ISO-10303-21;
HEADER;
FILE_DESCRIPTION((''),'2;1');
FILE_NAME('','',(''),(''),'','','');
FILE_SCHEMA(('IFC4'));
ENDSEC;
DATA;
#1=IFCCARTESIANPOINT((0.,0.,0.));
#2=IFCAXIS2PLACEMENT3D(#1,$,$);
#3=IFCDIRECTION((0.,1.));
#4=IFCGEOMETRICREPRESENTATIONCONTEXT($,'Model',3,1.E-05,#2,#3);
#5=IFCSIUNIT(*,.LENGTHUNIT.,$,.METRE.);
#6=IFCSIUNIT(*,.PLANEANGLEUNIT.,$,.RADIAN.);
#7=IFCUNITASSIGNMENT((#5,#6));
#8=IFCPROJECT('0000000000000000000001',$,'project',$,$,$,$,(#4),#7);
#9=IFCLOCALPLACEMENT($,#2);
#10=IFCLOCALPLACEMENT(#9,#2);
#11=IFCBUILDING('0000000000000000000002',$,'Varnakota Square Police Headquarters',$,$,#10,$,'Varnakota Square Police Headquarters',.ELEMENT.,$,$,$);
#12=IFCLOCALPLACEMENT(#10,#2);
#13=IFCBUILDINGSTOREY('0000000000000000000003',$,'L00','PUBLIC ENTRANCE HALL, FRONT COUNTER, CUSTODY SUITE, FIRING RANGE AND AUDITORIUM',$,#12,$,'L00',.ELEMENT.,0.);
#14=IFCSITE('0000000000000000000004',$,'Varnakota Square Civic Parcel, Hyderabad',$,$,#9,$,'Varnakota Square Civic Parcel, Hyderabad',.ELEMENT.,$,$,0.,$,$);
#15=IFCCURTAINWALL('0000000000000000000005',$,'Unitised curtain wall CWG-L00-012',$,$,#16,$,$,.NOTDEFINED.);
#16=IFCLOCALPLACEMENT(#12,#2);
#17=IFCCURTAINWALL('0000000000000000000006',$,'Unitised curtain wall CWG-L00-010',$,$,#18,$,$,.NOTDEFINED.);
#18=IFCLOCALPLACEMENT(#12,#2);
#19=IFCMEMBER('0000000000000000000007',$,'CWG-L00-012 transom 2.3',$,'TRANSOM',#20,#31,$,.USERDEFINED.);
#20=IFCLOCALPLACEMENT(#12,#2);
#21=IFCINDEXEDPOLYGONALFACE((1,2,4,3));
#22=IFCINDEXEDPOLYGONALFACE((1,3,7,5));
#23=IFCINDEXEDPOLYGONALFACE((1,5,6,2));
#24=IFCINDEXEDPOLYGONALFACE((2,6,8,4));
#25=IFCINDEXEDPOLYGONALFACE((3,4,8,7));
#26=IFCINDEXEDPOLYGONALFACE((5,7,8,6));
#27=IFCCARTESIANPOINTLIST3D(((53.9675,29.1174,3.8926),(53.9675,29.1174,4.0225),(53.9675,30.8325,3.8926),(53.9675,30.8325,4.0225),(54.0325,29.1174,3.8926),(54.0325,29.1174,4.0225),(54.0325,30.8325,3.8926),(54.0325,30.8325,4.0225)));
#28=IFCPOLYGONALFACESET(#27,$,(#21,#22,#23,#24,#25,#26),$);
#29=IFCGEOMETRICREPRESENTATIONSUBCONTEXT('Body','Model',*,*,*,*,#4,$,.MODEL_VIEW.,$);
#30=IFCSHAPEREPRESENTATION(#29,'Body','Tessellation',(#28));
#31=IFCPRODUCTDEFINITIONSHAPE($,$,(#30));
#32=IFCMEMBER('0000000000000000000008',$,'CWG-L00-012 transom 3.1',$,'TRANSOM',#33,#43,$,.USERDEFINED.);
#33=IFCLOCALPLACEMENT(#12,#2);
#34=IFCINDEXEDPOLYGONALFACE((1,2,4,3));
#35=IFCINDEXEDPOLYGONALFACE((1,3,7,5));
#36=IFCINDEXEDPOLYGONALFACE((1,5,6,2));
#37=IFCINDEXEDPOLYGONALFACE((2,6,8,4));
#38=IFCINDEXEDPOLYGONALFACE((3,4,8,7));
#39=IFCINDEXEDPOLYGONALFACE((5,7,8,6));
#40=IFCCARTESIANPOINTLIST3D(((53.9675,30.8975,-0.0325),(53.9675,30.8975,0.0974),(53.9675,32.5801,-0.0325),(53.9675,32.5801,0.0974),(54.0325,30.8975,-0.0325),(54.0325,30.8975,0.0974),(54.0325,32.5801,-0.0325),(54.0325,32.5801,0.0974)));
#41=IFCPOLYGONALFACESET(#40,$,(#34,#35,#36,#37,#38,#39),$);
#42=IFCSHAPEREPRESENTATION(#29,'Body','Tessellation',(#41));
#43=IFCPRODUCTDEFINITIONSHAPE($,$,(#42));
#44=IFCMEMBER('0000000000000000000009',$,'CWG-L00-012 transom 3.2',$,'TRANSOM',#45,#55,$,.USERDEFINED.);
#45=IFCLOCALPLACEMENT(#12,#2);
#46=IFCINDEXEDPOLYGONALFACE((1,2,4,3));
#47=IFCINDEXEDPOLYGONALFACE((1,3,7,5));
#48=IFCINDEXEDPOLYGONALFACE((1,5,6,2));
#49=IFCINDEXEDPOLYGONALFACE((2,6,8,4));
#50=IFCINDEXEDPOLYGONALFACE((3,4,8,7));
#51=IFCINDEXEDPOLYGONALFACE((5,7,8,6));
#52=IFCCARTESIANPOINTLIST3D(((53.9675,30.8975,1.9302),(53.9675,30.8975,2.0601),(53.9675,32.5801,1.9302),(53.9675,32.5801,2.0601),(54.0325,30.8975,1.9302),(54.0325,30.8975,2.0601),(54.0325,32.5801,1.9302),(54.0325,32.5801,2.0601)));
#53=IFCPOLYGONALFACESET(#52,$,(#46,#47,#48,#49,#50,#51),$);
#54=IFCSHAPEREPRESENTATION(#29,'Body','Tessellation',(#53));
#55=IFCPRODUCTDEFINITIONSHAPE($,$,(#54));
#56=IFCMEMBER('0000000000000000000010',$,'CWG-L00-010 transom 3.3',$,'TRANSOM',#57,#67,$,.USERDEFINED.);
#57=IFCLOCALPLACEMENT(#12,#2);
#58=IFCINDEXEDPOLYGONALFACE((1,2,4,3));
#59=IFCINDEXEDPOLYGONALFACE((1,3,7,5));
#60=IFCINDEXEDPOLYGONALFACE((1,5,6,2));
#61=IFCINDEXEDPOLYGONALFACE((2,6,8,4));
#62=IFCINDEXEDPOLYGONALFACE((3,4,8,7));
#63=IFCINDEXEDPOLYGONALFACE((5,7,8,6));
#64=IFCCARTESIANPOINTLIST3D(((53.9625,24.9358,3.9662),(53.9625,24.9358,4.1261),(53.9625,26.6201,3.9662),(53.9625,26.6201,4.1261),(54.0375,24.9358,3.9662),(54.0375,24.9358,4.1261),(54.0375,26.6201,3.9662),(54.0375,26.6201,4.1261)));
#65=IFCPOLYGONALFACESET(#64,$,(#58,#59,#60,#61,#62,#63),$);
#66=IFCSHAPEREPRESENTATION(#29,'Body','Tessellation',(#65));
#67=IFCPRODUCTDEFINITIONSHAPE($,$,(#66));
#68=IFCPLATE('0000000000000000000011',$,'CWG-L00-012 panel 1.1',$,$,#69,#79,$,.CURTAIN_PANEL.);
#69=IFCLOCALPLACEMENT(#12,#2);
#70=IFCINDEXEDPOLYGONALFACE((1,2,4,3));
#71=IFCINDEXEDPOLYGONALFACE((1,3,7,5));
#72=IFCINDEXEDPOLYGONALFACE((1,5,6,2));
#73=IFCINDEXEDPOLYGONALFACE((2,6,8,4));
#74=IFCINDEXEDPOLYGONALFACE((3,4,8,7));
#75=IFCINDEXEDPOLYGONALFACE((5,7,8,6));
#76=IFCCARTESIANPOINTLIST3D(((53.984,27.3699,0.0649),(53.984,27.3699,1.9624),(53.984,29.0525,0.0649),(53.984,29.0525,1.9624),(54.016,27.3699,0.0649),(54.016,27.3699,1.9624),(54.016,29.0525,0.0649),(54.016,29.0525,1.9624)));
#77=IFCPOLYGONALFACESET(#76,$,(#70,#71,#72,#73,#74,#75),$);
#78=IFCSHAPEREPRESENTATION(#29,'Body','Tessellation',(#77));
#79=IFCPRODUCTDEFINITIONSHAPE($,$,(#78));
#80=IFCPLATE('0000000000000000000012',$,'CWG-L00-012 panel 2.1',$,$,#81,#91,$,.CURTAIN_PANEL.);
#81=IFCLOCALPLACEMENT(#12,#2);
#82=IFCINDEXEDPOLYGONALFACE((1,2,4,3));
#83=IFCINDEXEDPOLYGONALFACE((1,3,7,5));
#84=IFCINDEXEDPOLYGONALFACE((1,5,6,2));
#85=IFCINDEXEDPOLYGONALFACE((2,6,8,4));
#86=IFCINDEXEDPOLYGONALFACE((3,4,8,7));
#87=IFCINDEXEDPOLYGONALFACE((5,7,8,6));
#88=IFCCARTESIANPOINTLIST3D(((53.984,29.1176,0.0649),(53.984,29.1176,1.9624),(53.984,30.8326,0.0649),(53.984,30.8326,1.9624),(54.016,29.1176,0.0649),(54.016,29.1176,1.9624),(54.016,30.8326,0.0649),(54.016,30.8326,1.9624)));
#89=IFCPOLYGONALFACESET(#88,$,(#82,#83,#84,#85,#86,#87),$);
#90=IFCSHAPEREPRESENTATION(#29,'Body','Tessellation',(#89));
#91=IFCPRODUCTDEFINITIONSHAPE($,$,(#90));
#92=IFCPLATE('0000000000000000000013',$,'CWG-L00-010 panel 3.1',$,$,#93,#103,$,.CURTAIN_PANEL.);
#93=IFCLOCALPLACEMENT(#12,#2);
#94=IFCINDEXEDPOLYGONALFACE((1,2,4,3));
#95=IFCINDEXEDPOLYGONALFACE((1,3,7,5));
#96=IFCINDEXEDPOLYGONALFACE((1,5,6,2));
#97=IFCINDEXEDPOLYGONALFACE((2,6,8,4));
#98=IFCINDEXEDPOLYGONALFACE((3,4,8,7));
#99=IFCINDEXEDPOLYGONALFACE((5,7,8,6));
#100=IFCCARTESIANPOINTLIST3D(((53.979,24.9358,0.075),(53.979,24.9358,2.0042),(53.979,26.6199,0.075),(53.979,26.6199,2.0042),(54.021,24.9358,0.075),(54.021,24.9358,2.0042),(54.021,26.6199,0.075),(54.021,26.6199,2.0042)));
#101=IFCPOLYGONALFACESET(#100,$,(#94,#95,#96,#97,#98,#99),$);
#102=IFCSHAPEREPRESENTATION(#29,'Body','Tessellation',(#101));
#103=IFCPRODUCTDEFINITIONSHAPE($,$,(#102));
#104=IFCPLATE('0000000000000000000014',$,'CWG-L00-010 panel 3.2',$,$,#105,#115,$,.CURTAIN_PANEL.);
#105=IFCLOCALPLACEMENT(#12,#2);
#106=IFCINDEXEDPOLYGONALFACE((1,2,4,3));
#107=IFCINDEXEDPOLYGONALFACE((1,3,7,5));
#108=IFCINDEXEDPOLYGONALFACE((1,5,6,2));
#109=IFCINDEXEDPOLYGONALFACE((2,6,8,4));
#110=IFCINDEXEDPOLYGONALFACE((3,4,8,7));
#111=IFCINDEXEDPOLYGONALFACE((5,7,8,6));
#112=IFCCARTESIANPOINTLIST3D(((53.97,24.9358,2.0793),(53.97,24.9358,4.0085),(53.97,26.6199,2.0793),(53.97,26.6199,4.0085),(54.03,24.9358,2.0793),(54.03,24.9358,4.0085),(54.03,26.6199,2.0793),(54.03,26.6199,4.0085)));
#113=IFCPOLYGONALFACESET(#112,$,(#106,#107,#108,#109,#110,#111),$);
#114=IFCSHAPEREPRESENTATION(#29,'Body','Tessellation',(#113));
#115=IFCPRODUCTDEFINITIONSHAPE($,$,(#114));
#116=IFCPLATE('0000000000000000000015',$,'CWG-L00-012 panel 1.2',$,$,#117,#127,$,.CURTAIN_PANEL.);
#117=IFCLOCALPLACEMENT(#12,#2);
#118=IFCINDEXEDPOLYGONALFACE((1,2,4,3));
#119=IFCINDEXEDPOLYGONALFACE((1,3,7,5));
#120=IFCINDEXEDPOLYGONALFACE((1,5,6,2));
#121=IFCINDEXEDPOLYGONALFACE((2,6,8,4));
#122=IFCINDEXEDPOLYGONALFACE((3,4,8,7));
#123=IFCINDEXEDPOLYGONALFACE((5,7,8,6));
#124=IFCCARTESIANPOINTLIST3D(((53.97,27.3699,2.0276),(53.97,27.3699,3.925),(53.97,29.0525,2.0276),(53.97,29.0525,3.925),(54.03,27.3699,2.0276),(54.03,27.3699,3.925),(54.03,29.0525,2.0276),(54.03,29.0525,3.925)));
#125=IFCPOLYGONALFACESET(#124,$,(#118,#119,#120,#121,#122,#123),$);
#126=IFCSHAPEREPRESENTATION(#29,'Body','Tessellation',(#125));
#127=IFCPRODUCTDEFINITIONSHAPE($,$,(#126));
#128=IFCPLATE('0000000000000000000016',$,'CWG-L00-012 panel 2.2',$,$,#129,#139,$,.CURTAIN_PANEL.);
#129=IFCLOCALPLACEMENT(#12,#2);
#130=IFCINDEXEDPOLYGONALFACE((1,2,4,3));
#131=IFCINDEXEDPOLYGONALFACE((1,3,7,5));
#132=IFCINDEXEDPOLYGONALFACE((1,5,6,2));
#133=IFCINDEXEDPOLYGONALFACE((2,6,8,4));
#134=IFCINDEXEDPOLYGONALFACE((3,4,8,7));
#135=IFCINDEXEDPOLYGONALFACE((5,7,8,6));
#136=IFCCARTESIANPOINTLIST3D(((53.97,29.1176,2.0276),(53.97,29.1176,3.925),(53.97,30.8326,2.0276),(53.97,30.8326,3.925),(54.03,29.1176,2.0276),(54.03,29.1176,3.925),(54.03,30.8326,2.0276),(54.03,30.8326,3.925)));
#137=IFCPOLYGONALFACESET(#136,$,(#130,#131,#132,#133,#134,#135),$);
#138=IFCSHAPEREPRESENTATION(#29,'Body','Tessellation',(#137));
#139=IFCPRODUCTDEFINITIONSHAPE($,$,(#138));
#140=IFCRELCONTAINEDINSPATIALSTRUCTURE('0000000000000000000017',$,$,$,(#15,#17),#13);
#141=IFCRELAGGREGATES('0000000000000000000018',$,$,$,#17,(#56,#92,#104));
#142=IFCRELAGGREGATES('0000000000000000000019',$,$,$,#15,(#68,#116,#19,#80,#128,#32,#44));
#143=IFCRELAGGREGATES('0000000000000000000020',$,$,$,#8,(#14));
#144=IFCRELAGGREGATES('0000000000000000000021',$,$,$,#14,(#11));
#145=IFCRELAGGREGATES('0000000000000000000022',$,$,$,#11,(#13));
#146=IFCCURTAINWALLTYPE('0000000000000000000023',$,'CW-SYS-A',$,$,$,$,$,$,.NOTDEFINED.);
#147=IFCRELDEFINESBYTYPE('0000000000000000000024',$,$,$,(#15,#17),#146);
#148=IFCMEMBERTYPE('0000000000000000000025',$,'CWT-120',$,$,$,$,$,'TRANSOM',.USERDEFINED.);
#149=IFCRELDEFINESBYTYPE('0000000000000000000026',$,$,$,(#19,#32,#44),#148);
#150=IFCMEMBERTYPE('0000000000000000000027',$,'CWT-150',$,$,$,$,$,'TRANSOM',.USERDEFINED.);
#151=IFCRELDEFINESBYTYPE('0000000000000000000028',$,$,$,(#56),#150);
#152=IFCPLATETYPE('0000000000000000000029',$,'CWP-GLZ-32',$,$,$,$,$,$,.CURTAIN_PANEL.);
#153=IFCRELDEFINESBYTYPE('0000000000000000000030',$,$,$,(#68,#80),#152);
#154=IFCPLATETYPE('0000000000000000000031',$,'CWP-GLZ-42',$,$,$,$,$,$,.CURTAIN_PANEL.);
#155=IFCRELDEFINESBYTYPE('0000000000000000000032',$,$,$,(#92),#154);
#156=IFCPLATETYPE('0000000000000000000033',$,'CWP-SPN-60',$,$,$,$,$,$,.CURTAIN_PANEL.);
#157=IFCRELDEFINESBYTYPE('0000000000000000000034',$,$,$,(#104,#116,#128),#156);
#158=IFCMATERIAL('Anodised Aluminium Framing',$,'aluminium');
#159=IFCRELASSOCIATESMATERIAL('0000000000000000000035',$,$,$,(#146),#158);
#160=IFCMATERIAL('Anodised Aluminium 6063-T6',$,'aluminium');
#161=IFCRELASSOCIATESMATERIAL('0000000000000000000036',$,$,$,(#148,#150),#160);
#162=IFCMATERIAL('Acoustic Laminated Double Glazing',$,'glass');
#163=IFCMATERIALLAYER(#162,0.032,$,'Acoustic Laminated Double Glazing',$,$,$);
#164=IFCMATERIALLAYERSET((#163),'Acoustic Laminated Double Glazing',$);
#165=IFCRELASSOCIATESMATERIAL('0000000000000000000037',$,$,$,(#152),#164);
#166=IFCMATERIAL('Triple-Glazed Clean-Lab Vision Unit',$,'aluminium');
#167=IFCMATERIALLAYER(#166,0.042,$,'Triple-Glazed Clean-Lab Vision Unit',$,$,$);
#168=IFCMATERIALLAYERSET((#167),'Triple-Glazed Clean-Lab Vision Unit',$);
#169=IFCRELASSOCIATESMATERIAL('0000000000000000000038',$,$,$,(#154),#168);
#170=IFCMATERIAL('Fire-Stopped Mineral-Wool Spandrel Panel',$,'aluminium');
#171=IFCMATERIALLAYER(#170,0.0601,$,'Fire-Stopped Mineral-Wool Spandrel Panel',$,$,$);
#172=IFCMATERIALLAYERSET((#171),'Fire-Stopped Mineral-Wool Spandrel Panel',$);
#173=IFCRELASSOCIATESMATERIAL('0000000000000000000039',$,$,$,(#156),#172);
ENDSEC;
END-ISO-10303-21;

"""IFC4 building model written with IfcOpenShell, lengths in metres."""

from ifc_helpers import new_model, si_unit, direction, frame, origin, origin_2d, place, context, subcontext, project, spatial, rectangle, extrude, material, layer, layer_set, material_profile, profile_set, type_object, element, aggregate, save


model = new_model("IFC4")

# Units and contexts
model_context = context("Model", 3, precision=1e-05, world=origin(), true_north=direction((0.0, 1.0)))
body_context = subcontext(model_context, "Body", "Model", "MODEL_VIEW")
ifc_project = project(units=[si_unit("LENGTHUNIT", "METRE"), si_unit("PLANEANGLEUNIT", "RADIAN")], contexts=[model_context])

# Site, building, storey
site_placement = place(None, origin())
site = spatial("IfcSite", under=ifc_project, at=site_placement, Name="Varnakota Square Civic Parcel, Hyderabad", LongName="Varnakota Square Civic Parcel, Hyderabad", CompositionType="ELEMENT", RefElevation=0.0)
building_placement = place(site_placement, origin())
building = spatial("IfcBuilding", under=site, at=building_placement, Name="Varnakota Square Police Headquarters", LongName="Varnakota Square Police Headquarters", CompositionType="ELEMENT")
storey_placement = place(building_placement, origin())
storey = spatial("IfcBuildingStorey", under=building, at=storey_placement, Name="L00", Description="PUBLIC ENTRANCE HALL, FRONT COUNTER, CUSTODY SUITE, FIRING RANGE AND AUDITORIUM", LongName="L00", CompositionType="ELEMENT", Elevation=0.0)

# Curtain wall
ifc_material_1 = material(Name="Anodised Aluminium Framing", Category="aluminium")
curtain_wall_type = type_object("IfcCurtainWallType", Name="CW-SYS-A", PredefinedType="NOTDEFINED", material=ifc_material_1)
curtain_wall_1_placement = place(storey_placement, origin())
curtain_wall_1 = element("IfcCurtainWall", 1, at=curtain_wall_1_placement, inside=storey, type_object=curtain_wall_type, Name="Unitised curtain wall CWG-L00-012", PredefinedType="NOTDEFINED")
ifc_material_2 = material(Name="Anodised Aluminium 6063-T6", Category="aluminium")

# Curtain wall
curtain_wall_2_placement = place(storey_placement, origin())
curtain_wall_2 = element("IfcCurtainWall", 2, at=curtain_wall_2_placement, inside=storey, type_object=curtain_wall_type, Name="Unitised curtain wall CWG-L00-010", PredefinedType="NOTDEFINED")

# Members
ifc_material_profile_1 = material_profile(ifc_material_2, rectangle(XDim=0.0649, YDim=0.1299, at=origin_2d()), Name="ALU TRANSOM 65x130")
ifc_profile_set_1 = profile_set([ifc_material_profile_1], Name="Anodised Aluminium 6063-T6")
member_type_1 = type_object("IfcMemberType", Name="CWT-120", ElementType="TRANSOM", PredefinedType="USERDEFINED", material=ifc_profile_set_1)
member_1_placement = place(storey_placement, frame((54.0, 29.1174, 3.9575), z_axis=(0.0, 1.0, 0.0), x_axis=(-1.0, 0.0, 0.0)))
member_1 = element("IfcMember", 3, at=member_1_placement, type_object=member_type_1, Name="CWG-L00-012 transom 2.3", ObjectType="TRANSOM", PredefinedType="USERDEFINED", context=body_context, shape_type="SweptSolid", body=[
    extrude(rectangle(XDim=0.0649, YDim=0.1299, at=origin_2d()), origin(), (0.0, 0.0, 1.0), 1.7151),
])
member_2_placement = place(storey_placement, frame((54.0, 30.8975, 0.0325), z_axis=(0.0, 1.0, 0.0), x_axis=(-1.0, 0.0, 0.0)))
member_2 = element("IfcMember", 4, at=member_2_placement, type_object=member_type_1, Name="CWG-L00-012 transom 3.1", ObjectType="TRANSOM", PredefinedType="USERDEFINED", context=body_context, shape_type="SweptSolid", body=[
    extrude(rectangle(XDim=0.0649, YDim=0.1299, at=origin_2d()), origin(), (0.0, 0.0, 1.0), 1.6826),
])
member_3_placement = place(storey_placement, frame((54.0, 30.8975, 1.9951), z_axis=(0.0, 1.0, 0.0), x_axis=(-1.0, 0.0, 0.0)))
member_3 = element("IfcMember", 5, at=member_3_placement, type_object=member_type_1, Name="CWG-L00-012 transom 3.2", ObjectType="TRANSOM", PredefinedType="USERDEFINED", context=body_context, shape_type="SweptSolid", body=[
    extrude(rectangle(XDim=0.0649, YDim=0.1299, at=origin_2d()), origin(), (0.0, 0.0, 1.0), 1.6826),
])
ifc_material_profile_2 = material_profile(ifc_material_2, rectangle(XDim=0.075, YDim=0.1599, at=origin_2d()), Name="ALU TRANSOM 75x160")
ifc_profile_set_2 = profile_set([ifc_material_profile_2], Name="Anodised Aluminium 6063-T6")
member_type_2 = type_object("IfcMemberType", Name="CWT-150", ElementType="TRANSOM", PredefinedType="USERDEFINED", material=ifc_profile_set_2)
member_4_placement = place(storey_placement, frame((54.0, 24.9358, 4.0461), z_axis=(0.0, 1.0, 0.0), x_axis=(-1.0, 0.0, 0.0)))
member_4 = element("IfcMember", 6, at=member_4_placement, type_object=member_type_2, Name="CWG-L00-010 transom 3.3", ObjectType="TRANSOM", PredefinedType="USERDEFINED", context=body_context, shape_type="SweptSolid", body=[
    extrude(rectangle(XDim=0.075, YDim=0.1599, at=origin_2d()), origin(), (0.0, 0.0, 1.0), 1.6843),
])

# Plates
ifc_material_3 = material(Name="Acoustic Laminated Double Glazing", Category="glass")
ifc_layer_1 = layer(ifc_material_3, 0.032, Name="Acoustic Laminated Double Glazing")
ifc_layer_set_1 = layer_set([ifc_layer_1], Name="Acoustic Laminated Double Glazing")
plate_type_1 = type_object("IfcPlateType", Name="CWP-GLZ-32", PredefinedType="CURTAIN_PANEL", material=ifc_layer_set_1)
plate_1_placement = place(storey_placement, frame((54.0, 28.2112, 0.0649), z_axis=(0.0, 0.0, 1.0), x_axis=(0.0, 1.0, 0.0)))
plate_1 = element("IfcPlate", 7, at=plate_1_placement, type_object=plate_type_1, Name="CWG-L00-012 panel 1.1", PredefinedType="CURTAIN_PANEL", context=body_context, shape_type="SweptSolid", body=[
    extrude(rectangle(XDim=1.6826, YDim=0.032, at=origin_2d()), origin(), (0.0, 0.0, 1.0), 1.8975),
])
plate_2_placement = place(storey_placement, frame((54.0, 29.9751, 0.0649), z_axis=(0.0, 0.0, 1.0), x_axis=(0.0, 1.0, 0.0)))
plate_2 = element("IfcPlate", 8, at=plate_2_placement, type_object=plate_type_1, Name="CWG-L00-012 panel 2.1", PredefinedType="CURTAIN_PANEL", context=body_context, shape_type="SweptSolid", body=[
    extrude(rectangle(XDim=1.7151, YDim=0.032, at=origin_2d()), origin(), (0.0, 0.0, 1.0), 1.8975),
])
ifc_material_4 = material(Name="Triple-Glazed Clean-Lab Vision Unit", Category="aluminium")
ifc_layer_2 = layer(ifc_material_4, 0.042, Name="Triple-Glazed Clean-Lab Vision Unit")
ifc_layer_set_2 = layer_set([ifc_layer_2], Name="Triple-Glazed Clean-Lab Vision Unit")
plate_type_2 = type_object("IfcPlateType", Name="CWP-GLZ-42", PredefinedType="CURTAIN_PANEL", material=ifc_layer_set_2)
plate_3_placement = place(storey_placement, frame((54.0, 25.7778, 0.075), z_axis=(0.0, 0.0, 1.0), x_axis=(0.0, 1.0, 0.0)))
plate_3 = element("IfcPlate", 9, at=plate_3_placement, type_object=plate_type_2, Name="CWG-L00-010 panel 3.1", PredefinedType="CURTAIN_PANEL", context=body_context, shape_type="SweptSolid", body=[
    extrude(rectangle(XDim=1.6841, YDim=0.042, at=origin_2d()), origin(), (0.0, 0.0, 1.0), 1.9292),
])
ifc_material_5 = material(Name="Fire-Stopped Mineral-Wool Spandrel Panel", Category="aluminium")
ifc_layer_3 = layer(ifc_material_5, 0.0601, Name="Fire-Stopped Mineral-Wool Spandrel Panel")
ifc_layer_set_3 = layer_set([ifc_layer_3], Name="Fire-Stopped Mineral-Wool Spandrel Panel")
plate_type_3 = type_object("IfcPlateType", Name="CWP-SPN-60", PredefinedType="CURTAIN_PANEL", material=ifc_layer_set_3)
plate_4_placement = place(storey_placement, frame((54.0, 25.7778, 2.0793), z_axis=(0.0, 0.0, 1.0), x_axis=(0.0, 1.0, 0.0)))
plate_4 = element("IfcPlate", 10, at=plate_4_placement, type_object=plate_type_3, Name="CWG-L00-010 panel 3.2", PredefinedType="CURTAIN_PANEL", context=body_context, shape_type="SweptSolid", body=[
    extrude(rectangle(XDim=1.6841, YDim=0.0601, at=origin_2d()), origin(), (0.0, 0.0, 1.0), 1.9292),
])
aggregate(curtain_wall_2, [member_4, plate_3, plate_4])
plate_5_placement = place(storey_placement, frame((54.0, 28.2112, 2.0276), z_axis=(0.0, 0.0, 1.0), x_axis=(0.0, 1.0, 0.0)))
plate_5 = element("IfcPlate", 11, at=plate_5_placement, type_object=plate_type_3, Name="CWG-L00-012 panel 1.2", PredefinedType="CURTAIN_PANEL", context=body_context, shape_type="SweptSolid", body=[
    extrude(rectangle(XDim=1.6826, YDim=0.0601, at=origin_2d()), origin(), (0.0, 0.0, 1.0), 1.8975),
])
plate_6_placement = place(storey_placement, frame((54.0, 29.9751, 2.0276), z_axis=(0.0, 0.0, 1.0), x_axis=(0.0, 1.0, 0.0)))
plate_6 = element("IfcPlate", 12, at=plate_6_placement, type_object=plate_type_3, Name="CWG-L00-012 panel 2.2", PredefinedType="CURTAIN_PANEL", context=body_context, shape_type="SweptSolid", body=[
    extrude(rectangle(XDim=1.7151, YDim=0.0601, at=origin_2d()), origin(), (0.0, 0.0, 1.0), 1.8975),
])
aggregate(curtain_wall_1, [plate_1, plate_5, member_1, plate_2, plate_6, member_2, member_3])

save(model, "model.ifc")
